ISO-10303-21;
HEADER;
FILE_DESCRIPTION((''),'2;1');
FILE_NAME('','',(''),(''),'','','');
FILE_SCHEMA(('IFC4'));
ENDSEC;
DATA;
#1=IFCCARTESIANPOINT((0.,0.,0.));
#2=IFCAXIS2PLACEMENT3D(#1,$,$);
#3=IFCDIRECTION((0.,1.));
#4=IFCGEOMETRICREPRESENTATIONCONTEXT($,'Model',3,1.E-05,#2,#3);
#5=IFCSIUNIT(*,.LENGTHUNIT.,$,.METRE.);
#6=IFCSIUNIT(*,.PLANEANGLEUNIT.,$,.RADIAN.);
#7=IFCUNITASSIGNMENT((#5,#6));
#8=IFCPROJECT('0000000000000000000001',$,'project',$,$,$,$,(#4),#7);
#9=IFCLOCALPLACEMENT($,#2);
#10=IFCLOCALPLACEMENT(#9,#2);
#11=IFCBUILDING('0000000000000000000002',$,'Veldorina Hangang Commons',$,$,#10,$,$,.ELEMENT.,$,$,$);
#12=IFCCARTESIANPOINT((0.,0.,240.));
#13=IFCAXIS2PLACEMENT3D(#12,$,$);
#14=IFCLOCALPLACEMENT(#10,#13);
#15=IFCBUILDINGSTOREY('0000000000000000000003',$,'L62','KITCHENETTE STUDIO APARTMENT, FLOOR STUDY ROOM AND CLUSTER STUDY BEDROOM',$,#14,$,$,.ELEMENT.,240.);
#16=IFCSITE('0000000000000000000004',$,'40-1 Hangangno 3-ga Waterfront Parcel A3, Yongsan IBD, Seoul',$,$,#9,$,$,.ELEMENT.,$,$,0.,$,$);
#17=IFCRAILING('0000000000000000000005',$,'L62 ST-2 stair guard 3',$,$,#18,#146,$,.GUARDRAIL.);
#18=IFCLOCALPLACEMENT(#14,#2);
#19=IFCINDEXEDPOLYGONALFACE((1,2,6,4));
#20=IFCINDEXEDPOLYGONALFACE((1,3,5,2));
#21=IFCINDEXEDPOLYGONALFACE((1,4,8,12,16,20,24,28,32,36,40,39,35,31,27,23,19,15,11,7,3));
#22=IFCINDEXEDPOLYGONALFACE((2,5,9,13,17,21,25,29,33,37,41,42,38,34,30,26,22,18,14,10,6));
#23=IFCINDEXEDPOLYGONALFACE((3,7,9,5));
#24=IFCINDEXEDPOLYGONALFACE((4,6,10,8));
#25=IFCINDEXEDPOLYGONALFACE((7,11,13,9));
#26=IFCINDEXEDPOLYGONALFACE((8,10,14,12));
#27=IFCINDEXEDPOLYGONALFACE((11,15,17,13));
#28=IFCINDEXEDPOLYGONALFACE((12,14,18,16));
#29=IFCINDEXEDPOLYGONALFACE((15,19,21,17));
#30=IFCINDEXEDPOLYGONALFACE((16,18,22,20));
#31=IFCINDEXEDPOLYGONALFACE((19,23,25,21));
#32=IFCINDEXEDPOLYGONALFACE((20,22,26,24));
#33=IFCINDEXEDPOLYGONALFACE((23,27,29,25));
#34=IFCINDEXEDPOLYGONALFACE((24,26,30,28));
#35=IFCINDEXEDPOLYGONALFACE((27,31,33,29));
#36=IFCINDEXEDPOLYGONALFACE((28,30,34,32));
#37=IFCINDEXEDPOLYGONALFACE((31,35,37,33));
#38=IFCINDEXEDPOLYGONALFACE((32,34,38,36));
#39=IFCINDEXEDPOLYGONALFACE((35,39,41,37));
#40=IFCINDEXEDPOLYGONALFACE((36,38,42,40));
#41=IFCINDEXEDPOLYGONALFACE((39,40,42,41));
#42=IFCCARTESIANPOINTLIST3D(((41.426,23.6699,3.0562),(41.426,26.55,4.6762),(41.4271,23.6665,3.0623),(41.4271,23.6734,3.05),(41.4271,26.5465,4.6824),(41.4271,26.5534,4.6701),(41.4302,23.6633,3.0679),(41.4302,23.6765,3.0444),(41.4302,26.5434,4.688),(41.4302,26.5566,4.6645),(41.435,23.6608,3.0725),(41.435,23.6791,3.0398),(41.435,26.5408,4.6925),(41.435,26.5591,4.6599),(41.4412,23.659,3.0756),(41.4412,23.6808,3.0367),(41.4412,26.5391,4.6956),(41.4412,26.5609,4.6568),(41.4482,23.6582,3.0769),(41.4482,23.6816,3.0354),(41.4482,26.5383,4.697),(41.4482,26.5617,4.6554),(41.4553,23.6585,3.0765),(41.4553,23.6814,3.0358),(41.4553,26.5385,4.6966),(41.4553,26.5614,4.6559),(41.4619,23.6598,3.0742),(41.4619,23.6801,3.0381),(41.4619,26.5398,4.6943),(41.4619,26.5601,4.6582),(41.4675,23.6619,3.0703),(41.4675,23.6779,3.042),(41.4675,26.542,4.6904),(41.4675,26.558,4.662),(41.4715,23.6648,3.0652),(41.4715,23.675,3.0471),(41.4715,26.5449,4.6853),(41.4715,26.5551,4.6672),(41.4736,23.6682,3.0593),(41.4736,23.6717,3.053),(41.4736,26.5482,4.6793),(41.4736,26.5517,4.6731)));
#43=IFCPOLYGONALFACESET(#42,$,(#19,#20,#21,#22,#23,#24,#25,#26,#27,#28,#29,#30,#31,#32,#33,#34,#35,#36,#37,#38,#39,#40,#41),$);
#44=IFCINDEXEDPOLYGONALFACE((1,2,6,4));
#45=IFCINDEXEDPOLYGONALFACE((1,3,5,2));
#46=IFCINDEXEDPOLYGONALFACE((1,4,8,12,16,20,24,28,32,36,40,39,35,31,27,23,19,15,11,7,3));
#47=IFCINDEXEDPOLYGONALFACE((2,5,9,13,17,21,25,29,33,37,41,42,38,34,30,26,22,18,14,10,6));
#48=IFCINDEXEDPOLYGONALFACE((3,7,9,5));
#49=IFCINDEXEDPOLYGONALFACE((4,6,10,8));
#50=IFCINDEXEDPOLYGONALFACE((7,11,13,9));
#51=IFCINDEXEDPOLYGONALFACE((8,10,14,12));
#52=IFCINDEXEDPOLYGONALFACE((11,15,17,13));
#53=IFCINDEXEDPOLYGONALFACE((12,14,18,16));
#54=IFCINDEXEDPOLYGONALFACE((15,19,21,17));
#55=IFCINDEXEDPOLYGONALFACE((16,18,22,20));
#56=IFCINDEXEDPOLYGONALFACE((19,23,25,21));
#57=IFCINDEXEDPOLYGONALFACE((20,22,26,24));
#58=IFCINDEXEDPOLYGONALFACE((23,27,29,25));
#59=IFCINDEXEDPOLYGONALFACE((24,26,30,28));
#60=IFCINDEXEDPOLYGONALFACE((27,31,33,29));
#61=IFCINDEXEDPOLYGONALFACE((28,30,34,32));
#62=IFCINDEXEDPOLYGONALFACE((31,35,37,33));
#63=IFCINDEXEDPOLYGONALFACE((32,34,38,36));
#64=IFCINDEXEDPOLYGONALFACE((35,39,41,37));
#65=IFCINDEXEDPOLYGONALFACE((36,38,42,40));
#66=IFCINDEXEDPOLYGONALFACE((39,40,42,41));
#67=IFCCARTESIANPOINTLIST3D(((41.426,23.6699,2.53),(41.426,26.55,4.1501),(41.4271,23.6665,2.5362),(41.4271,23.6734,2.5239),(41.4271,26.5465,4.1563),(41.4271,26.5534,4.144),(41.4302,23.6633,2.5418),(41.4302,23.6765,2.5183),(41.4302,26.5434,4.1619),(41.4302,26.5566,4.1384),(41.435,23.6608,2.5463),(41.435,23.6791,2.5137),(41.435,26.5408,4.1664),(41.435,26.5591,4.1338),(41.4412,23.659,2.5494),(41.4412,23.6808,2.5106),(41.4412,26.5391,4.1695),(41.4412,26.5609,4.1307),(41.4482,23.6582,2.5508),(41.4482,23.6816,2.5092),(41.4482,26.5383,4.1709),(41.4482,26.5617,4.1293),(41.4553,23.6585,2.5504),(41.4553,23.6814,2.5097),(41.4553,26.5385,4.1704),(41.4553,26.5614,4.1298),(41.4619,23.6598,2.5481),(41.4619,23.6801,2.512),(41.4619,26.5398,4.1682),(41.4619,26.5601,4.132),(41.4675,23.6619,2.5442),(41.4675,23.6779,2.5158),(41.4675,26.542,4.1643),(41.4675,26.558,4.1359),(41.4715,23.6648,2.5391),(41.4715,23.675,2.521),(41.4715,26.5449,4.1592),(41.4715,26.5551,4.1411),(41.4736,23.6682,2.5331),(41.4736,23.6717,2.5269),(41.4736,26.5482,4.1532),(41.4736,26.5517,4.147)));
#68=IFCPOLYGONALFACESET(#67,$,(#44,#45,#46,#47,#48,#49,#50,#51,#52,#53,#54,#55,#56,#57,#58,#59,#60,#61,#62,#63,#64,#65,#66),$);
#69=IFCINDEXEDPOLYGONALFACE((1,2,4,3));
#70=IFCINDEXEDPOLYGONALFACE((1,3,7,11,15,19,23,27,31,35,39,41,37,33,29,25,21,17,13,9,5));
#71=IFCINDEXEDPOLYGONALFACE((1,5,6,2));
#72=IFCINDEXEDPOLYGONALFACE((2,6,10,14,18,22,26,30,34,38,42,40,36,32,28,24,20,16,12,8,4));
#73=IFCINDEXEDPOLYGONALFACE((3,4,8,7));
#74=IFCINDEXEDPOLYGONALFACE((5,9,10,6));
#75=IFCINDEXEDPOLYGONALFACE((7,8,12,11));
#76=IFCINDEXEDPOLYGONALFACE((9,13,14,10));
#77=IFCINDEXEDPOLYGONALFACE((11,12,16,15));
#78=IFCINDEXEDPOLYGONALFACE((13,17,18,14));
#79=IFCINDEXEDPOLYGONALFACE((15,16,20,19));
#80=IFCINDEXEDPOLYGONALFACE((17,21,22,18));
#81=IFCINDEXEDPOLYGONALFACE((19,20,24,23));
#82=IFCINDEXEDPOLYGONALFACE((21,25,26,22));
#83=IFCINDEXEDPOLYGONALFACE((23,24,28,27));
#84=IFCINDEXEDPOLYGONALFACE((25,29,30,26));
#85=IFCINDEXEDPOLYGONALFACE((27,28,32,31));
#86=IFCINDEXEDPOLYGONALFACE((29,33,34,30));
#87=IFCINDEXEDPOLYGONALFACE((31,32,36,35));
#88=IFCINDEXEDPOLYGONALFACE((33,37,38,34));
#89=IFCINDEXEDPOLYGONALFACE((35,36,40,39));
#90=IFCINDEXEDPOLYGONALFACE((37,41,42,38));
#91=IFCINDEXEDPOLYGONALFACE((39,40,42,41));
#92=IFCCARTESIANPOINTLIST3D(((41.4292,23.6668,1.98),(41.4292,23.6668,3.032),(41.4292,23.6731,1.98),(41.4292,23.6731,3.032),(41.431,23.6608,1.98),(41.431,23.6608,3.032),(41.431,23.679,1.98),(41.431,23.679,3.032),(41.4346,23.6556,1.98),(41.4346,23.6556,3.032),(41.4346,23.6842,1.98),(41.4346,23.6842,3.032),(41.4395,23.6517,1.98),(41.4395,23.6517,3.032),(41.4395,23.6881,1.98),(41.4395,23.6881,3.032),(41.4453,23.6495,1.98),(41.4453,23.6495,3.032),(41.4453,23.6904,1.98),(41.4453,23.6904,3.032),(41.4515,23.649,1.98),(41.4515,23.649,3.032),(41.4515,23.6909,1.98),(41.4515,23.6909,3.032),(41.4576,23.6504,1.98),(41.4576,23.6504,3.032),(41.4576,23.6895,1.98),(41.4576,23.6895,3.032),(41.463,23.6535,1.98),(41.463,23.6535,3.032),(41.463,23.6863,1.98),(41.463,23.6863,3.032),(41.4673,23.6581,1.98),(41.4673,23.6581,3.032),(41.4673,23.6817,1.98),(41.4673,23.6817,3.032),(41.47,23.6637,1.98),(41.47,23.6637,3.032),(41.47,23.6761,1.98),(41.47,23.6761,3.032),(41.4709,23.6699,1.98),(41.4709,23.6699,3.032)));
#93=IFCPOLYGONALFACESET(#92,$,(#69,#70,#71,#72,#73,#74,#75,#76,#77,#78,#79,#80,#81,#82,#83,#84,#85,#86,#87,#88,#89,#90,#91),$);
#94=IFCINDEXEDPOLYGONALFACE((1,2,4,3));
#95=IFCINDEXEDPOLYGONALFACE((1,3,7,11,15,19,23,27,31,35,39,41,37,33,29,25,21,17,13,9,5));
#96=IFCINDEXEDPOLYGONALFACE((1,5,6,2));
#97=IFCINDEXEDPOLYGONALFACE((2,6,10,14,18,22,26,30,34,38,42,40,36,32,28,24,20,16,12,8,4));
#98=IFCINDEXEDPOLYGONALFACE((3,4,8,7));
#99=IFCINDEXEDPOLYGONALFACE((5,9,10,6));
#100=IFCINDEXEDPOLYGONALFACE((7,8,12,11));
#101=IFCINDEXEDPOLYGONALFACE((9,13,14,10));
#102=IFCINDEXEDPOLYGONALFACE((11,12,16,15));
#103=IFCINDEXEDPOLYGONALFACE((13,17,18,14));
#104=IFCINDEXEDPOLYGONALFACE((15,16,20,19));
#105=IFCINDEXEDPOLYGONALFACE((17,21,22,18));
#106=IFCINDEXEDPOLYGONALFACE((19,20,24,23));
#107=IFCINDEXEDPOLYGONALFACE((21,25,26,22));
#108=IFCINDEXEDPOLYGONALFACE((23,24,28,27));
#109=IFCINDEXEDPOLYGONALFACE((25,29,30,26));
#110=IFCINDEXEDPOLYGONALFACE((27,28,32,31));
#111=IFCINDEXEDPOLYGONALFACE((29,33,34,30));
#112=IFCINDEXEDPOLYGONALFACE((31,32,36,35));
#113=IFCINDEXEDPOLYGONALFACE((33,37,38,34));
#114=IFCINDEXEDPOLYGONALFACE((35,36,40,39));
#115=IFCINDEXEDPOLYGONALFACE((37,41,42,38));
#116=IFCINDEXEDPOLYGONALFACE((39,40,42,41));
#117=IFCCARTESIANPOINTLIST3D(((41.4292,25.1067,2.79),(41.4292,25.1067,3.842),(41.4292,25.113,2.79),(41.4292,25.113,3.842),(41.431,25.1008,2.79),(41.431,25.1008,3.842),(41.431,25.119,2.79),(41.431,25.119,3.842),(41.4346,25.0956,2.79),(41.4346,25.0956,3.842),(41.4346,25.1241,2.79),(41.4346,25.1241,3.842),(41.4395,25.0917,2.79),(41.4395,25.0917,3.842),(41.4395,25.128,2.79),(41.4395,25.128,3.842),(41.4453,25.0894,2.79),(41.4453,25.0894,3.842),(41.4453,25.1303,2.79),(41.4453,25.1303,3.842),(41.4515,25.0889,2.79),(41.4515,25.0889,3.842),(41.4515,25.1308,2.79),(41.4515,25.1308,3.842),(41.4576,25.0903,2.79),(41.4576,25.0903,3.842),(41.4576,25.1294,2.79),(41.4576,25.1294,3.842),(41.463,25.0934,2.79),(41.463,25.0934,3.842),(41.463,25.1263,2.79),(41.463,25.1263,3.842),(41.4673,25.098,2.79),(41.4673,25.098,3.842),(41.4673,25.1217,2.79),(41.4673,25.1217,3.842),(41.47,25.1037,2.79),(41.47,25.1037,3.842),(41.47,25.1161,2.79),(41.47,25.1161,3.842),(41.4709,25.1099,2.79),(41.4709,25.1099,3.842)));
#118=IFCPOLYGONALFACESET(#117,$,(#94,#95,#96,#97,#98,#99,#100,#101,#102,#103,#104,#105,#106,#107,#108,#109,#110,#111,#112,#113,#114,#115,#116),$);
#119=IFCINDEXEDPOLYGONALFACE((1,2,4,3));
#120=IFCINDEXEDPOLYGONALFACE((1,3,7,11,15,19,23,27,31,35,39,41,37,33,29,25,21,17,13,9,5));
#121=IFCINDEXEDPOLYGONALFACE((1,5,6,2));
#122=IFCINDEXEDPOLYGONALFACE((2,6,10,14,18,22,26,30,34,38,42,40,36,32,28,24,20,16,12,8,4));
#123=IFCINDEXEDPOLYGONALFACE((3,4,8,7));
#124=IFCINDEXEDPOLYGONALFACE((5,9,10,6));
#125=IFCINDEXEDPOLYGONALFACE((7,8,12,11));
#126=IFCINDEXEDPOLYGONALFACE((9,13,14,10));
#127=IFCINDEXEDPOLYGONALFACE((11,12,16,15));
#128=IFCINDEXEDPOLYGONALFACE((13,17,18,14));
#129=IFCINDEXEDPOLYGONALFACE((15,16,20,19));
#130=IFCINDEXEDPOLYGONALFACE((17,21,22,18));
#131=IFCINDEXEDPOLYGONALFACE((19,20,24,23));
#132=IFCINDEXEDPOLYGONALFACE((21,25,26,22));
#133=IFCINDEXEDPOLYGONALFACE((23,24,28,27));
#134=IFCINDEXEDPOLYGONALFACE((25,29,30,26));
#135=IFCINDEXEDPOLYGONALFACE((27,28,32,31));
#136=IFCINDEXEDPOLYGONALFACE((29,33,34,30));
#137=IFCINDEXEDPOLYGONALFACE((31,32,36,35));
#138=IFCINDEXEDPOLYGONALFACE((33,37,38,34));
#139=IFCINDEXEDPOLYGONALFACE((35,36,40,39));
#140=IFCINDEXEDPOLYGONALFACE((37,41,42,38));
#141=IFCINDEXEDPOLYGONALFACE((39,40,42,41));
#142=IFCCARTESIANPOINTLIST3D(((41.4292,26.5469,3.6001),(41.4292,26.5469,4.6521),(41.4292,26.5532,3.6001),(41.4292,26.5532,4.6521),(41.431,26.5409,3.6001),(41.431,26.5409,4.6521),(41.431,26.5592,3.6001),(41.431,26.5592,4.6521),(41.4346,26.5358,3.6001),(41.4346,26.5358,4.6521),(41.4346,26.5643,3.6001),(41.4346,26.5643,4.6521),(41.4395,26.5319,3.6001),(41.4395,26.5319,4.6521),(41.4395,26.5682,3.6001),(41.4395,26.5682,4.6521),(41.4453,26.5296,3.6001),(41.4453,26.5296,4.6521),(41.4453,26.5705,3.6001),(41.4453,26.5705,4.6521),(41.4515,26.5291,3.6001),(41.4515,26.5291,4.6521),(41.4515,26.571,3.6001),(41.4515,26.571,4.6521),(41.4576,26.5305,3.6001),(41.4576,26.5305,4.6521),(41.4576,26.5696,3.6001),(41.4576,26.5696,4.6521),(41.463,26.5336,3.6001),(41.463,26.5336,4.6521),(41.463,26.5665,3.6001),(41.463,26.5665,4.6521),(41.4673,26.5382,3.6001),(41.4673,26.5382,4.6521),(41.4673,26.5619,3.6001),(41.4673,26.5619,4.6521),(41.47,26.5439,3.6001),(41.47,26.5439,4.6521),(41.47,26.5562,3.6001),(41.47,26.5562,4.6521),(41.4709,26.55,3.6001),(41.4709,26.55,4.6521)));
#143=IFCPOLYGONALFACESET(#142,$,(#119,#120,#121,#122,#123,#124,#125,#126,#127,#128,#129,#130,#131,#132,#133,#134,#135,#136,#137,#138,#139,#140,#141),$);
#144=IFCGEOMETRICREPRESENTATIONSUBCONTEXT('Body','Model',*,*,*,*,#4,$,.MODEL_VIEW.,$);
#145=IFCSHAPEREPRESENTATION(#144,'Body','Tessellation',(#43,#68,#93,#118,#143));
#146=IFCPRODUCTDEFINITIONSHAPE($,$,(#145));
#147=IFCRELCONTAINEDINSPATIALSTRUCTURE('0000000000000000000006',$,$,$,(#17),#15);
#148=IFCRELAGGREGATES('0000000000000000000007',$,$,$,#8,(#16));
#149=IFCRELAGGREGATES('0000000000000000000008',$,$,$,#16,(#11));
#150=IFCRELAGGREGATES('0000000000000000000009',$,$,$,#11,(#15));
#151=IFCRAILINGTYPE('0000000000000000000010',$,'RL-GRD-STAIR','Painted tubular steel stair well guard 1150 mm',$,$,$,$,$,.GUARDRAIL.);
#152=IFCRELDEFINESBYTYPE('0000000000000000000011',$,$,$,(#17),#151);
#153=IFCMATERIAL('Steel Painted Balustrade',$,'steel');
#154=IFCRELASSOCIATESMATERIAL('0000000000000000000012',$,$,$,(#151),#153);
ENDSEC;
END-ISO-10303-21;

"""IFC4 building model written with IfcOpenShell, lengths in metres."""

from ifc_helpers import new_model, si_unit, direction, frame, origin, origin_2d, place, context, subcontext, project, spatial, circle, extrude, material, type_object, element, save


model = new_model("IFC4")

# Units and contexts
model_context = context("Model", 3, precision=1e-05, world=origin(), true_north=direction((0.0, 1.0)))
body_context = subcontext(model_context, "Body", "Model", "MODEL_VIEW")
ifc_project = project(units=[si_unit("LENGTHUNIT", "METRE"), si_unit("PLANEANGLEUNIT", "RADIAN")], contexts=[model_context])

# Site, building, storey
site_placement = place(None, origin())
site = spatial("IfcSite", under=ifc_project, at=site_placement, Name="40-1 Hangangno 3-ga Waterfront Parcel A3, Yongsan IBD, Seoul", CompositionType="ELEMENT", RefElevation=0.0)
building_placement = place(site_placement, origin())
building = spatial("IfcBuilding", under=site, at=building_placement, Name="Veldorina Hangang Commons", CompositionType="ELEMENT")
storey_placement = place(building_placement, frame((0.0, 0.0, 240.0)))
storey = spatial("IfcBuildingStorey", under=building, at=storey_placement, Name="L62", Description="KITCHENETTE STUDIO APARTMENT, FLOOR STUDY ROOM AND CLUSTER STUDY BEDROOM", CompositionType="ELEMENT", Elevation=240.0)

# Railing
ifc_material_1 = material(Name="Steel Painted Balustrade", Category="steel")
railing_type_1 = type_object("IfcRailingType", Name="RL-GRD-STAIR", Description="Painted tubular steel stair well guard 1150 mm", PredefinedType="GUARDRAIL", material=ifc_material_1)
railing_1_placement = place(storey_placement, frame((41.45, 23.6699, 1.98)))
element("IfcRailing", 1, at=railing_1_placement, inside=storey, type_object=railing_type_1, Name="L62 ST-2 stair guard 3", PredefinedType="GUARDRAIL", context=body_context, shape_type="SweptSolid", body=[
    extrude(circle(Radius=0.0239, at=origin_2d()), frame((0.0, 0.0, 1.0762), z_axis=(0.0, 0.87157, 0.490272), x_axis=(-1.0, 0.0, 0.0)), (0.0, 0.0, 1.0), 3.3044),
    extrude(circle(Radius=0.0239, at=origin_2d()), frame((0.0, 0.0, 0.55), z_axis=(0.0, 0.87157, 0.490272), x_axis=(-1.0, 0.0, 0.0)), (0.0, 0.0, 1.0), 3.3044),
    extrude(circle(Radius=0.021, at=origin_2d()), origin(), (0.0, 0.0, 1.0), 1.052),
    extrude(circle(Radius=0.021, at=origin_2d()), frame((0.0, 1.4399, 0.8101)), (0.0, 0.0, 1.0), 1.052),
    extrude(circle(Radius=0.021, at=origin_2d()), frame((0.0, 2.8801, 1.6201)), (0.0, 0.0, 1.0), 1.052),
])

save(model, "model.ifc")
